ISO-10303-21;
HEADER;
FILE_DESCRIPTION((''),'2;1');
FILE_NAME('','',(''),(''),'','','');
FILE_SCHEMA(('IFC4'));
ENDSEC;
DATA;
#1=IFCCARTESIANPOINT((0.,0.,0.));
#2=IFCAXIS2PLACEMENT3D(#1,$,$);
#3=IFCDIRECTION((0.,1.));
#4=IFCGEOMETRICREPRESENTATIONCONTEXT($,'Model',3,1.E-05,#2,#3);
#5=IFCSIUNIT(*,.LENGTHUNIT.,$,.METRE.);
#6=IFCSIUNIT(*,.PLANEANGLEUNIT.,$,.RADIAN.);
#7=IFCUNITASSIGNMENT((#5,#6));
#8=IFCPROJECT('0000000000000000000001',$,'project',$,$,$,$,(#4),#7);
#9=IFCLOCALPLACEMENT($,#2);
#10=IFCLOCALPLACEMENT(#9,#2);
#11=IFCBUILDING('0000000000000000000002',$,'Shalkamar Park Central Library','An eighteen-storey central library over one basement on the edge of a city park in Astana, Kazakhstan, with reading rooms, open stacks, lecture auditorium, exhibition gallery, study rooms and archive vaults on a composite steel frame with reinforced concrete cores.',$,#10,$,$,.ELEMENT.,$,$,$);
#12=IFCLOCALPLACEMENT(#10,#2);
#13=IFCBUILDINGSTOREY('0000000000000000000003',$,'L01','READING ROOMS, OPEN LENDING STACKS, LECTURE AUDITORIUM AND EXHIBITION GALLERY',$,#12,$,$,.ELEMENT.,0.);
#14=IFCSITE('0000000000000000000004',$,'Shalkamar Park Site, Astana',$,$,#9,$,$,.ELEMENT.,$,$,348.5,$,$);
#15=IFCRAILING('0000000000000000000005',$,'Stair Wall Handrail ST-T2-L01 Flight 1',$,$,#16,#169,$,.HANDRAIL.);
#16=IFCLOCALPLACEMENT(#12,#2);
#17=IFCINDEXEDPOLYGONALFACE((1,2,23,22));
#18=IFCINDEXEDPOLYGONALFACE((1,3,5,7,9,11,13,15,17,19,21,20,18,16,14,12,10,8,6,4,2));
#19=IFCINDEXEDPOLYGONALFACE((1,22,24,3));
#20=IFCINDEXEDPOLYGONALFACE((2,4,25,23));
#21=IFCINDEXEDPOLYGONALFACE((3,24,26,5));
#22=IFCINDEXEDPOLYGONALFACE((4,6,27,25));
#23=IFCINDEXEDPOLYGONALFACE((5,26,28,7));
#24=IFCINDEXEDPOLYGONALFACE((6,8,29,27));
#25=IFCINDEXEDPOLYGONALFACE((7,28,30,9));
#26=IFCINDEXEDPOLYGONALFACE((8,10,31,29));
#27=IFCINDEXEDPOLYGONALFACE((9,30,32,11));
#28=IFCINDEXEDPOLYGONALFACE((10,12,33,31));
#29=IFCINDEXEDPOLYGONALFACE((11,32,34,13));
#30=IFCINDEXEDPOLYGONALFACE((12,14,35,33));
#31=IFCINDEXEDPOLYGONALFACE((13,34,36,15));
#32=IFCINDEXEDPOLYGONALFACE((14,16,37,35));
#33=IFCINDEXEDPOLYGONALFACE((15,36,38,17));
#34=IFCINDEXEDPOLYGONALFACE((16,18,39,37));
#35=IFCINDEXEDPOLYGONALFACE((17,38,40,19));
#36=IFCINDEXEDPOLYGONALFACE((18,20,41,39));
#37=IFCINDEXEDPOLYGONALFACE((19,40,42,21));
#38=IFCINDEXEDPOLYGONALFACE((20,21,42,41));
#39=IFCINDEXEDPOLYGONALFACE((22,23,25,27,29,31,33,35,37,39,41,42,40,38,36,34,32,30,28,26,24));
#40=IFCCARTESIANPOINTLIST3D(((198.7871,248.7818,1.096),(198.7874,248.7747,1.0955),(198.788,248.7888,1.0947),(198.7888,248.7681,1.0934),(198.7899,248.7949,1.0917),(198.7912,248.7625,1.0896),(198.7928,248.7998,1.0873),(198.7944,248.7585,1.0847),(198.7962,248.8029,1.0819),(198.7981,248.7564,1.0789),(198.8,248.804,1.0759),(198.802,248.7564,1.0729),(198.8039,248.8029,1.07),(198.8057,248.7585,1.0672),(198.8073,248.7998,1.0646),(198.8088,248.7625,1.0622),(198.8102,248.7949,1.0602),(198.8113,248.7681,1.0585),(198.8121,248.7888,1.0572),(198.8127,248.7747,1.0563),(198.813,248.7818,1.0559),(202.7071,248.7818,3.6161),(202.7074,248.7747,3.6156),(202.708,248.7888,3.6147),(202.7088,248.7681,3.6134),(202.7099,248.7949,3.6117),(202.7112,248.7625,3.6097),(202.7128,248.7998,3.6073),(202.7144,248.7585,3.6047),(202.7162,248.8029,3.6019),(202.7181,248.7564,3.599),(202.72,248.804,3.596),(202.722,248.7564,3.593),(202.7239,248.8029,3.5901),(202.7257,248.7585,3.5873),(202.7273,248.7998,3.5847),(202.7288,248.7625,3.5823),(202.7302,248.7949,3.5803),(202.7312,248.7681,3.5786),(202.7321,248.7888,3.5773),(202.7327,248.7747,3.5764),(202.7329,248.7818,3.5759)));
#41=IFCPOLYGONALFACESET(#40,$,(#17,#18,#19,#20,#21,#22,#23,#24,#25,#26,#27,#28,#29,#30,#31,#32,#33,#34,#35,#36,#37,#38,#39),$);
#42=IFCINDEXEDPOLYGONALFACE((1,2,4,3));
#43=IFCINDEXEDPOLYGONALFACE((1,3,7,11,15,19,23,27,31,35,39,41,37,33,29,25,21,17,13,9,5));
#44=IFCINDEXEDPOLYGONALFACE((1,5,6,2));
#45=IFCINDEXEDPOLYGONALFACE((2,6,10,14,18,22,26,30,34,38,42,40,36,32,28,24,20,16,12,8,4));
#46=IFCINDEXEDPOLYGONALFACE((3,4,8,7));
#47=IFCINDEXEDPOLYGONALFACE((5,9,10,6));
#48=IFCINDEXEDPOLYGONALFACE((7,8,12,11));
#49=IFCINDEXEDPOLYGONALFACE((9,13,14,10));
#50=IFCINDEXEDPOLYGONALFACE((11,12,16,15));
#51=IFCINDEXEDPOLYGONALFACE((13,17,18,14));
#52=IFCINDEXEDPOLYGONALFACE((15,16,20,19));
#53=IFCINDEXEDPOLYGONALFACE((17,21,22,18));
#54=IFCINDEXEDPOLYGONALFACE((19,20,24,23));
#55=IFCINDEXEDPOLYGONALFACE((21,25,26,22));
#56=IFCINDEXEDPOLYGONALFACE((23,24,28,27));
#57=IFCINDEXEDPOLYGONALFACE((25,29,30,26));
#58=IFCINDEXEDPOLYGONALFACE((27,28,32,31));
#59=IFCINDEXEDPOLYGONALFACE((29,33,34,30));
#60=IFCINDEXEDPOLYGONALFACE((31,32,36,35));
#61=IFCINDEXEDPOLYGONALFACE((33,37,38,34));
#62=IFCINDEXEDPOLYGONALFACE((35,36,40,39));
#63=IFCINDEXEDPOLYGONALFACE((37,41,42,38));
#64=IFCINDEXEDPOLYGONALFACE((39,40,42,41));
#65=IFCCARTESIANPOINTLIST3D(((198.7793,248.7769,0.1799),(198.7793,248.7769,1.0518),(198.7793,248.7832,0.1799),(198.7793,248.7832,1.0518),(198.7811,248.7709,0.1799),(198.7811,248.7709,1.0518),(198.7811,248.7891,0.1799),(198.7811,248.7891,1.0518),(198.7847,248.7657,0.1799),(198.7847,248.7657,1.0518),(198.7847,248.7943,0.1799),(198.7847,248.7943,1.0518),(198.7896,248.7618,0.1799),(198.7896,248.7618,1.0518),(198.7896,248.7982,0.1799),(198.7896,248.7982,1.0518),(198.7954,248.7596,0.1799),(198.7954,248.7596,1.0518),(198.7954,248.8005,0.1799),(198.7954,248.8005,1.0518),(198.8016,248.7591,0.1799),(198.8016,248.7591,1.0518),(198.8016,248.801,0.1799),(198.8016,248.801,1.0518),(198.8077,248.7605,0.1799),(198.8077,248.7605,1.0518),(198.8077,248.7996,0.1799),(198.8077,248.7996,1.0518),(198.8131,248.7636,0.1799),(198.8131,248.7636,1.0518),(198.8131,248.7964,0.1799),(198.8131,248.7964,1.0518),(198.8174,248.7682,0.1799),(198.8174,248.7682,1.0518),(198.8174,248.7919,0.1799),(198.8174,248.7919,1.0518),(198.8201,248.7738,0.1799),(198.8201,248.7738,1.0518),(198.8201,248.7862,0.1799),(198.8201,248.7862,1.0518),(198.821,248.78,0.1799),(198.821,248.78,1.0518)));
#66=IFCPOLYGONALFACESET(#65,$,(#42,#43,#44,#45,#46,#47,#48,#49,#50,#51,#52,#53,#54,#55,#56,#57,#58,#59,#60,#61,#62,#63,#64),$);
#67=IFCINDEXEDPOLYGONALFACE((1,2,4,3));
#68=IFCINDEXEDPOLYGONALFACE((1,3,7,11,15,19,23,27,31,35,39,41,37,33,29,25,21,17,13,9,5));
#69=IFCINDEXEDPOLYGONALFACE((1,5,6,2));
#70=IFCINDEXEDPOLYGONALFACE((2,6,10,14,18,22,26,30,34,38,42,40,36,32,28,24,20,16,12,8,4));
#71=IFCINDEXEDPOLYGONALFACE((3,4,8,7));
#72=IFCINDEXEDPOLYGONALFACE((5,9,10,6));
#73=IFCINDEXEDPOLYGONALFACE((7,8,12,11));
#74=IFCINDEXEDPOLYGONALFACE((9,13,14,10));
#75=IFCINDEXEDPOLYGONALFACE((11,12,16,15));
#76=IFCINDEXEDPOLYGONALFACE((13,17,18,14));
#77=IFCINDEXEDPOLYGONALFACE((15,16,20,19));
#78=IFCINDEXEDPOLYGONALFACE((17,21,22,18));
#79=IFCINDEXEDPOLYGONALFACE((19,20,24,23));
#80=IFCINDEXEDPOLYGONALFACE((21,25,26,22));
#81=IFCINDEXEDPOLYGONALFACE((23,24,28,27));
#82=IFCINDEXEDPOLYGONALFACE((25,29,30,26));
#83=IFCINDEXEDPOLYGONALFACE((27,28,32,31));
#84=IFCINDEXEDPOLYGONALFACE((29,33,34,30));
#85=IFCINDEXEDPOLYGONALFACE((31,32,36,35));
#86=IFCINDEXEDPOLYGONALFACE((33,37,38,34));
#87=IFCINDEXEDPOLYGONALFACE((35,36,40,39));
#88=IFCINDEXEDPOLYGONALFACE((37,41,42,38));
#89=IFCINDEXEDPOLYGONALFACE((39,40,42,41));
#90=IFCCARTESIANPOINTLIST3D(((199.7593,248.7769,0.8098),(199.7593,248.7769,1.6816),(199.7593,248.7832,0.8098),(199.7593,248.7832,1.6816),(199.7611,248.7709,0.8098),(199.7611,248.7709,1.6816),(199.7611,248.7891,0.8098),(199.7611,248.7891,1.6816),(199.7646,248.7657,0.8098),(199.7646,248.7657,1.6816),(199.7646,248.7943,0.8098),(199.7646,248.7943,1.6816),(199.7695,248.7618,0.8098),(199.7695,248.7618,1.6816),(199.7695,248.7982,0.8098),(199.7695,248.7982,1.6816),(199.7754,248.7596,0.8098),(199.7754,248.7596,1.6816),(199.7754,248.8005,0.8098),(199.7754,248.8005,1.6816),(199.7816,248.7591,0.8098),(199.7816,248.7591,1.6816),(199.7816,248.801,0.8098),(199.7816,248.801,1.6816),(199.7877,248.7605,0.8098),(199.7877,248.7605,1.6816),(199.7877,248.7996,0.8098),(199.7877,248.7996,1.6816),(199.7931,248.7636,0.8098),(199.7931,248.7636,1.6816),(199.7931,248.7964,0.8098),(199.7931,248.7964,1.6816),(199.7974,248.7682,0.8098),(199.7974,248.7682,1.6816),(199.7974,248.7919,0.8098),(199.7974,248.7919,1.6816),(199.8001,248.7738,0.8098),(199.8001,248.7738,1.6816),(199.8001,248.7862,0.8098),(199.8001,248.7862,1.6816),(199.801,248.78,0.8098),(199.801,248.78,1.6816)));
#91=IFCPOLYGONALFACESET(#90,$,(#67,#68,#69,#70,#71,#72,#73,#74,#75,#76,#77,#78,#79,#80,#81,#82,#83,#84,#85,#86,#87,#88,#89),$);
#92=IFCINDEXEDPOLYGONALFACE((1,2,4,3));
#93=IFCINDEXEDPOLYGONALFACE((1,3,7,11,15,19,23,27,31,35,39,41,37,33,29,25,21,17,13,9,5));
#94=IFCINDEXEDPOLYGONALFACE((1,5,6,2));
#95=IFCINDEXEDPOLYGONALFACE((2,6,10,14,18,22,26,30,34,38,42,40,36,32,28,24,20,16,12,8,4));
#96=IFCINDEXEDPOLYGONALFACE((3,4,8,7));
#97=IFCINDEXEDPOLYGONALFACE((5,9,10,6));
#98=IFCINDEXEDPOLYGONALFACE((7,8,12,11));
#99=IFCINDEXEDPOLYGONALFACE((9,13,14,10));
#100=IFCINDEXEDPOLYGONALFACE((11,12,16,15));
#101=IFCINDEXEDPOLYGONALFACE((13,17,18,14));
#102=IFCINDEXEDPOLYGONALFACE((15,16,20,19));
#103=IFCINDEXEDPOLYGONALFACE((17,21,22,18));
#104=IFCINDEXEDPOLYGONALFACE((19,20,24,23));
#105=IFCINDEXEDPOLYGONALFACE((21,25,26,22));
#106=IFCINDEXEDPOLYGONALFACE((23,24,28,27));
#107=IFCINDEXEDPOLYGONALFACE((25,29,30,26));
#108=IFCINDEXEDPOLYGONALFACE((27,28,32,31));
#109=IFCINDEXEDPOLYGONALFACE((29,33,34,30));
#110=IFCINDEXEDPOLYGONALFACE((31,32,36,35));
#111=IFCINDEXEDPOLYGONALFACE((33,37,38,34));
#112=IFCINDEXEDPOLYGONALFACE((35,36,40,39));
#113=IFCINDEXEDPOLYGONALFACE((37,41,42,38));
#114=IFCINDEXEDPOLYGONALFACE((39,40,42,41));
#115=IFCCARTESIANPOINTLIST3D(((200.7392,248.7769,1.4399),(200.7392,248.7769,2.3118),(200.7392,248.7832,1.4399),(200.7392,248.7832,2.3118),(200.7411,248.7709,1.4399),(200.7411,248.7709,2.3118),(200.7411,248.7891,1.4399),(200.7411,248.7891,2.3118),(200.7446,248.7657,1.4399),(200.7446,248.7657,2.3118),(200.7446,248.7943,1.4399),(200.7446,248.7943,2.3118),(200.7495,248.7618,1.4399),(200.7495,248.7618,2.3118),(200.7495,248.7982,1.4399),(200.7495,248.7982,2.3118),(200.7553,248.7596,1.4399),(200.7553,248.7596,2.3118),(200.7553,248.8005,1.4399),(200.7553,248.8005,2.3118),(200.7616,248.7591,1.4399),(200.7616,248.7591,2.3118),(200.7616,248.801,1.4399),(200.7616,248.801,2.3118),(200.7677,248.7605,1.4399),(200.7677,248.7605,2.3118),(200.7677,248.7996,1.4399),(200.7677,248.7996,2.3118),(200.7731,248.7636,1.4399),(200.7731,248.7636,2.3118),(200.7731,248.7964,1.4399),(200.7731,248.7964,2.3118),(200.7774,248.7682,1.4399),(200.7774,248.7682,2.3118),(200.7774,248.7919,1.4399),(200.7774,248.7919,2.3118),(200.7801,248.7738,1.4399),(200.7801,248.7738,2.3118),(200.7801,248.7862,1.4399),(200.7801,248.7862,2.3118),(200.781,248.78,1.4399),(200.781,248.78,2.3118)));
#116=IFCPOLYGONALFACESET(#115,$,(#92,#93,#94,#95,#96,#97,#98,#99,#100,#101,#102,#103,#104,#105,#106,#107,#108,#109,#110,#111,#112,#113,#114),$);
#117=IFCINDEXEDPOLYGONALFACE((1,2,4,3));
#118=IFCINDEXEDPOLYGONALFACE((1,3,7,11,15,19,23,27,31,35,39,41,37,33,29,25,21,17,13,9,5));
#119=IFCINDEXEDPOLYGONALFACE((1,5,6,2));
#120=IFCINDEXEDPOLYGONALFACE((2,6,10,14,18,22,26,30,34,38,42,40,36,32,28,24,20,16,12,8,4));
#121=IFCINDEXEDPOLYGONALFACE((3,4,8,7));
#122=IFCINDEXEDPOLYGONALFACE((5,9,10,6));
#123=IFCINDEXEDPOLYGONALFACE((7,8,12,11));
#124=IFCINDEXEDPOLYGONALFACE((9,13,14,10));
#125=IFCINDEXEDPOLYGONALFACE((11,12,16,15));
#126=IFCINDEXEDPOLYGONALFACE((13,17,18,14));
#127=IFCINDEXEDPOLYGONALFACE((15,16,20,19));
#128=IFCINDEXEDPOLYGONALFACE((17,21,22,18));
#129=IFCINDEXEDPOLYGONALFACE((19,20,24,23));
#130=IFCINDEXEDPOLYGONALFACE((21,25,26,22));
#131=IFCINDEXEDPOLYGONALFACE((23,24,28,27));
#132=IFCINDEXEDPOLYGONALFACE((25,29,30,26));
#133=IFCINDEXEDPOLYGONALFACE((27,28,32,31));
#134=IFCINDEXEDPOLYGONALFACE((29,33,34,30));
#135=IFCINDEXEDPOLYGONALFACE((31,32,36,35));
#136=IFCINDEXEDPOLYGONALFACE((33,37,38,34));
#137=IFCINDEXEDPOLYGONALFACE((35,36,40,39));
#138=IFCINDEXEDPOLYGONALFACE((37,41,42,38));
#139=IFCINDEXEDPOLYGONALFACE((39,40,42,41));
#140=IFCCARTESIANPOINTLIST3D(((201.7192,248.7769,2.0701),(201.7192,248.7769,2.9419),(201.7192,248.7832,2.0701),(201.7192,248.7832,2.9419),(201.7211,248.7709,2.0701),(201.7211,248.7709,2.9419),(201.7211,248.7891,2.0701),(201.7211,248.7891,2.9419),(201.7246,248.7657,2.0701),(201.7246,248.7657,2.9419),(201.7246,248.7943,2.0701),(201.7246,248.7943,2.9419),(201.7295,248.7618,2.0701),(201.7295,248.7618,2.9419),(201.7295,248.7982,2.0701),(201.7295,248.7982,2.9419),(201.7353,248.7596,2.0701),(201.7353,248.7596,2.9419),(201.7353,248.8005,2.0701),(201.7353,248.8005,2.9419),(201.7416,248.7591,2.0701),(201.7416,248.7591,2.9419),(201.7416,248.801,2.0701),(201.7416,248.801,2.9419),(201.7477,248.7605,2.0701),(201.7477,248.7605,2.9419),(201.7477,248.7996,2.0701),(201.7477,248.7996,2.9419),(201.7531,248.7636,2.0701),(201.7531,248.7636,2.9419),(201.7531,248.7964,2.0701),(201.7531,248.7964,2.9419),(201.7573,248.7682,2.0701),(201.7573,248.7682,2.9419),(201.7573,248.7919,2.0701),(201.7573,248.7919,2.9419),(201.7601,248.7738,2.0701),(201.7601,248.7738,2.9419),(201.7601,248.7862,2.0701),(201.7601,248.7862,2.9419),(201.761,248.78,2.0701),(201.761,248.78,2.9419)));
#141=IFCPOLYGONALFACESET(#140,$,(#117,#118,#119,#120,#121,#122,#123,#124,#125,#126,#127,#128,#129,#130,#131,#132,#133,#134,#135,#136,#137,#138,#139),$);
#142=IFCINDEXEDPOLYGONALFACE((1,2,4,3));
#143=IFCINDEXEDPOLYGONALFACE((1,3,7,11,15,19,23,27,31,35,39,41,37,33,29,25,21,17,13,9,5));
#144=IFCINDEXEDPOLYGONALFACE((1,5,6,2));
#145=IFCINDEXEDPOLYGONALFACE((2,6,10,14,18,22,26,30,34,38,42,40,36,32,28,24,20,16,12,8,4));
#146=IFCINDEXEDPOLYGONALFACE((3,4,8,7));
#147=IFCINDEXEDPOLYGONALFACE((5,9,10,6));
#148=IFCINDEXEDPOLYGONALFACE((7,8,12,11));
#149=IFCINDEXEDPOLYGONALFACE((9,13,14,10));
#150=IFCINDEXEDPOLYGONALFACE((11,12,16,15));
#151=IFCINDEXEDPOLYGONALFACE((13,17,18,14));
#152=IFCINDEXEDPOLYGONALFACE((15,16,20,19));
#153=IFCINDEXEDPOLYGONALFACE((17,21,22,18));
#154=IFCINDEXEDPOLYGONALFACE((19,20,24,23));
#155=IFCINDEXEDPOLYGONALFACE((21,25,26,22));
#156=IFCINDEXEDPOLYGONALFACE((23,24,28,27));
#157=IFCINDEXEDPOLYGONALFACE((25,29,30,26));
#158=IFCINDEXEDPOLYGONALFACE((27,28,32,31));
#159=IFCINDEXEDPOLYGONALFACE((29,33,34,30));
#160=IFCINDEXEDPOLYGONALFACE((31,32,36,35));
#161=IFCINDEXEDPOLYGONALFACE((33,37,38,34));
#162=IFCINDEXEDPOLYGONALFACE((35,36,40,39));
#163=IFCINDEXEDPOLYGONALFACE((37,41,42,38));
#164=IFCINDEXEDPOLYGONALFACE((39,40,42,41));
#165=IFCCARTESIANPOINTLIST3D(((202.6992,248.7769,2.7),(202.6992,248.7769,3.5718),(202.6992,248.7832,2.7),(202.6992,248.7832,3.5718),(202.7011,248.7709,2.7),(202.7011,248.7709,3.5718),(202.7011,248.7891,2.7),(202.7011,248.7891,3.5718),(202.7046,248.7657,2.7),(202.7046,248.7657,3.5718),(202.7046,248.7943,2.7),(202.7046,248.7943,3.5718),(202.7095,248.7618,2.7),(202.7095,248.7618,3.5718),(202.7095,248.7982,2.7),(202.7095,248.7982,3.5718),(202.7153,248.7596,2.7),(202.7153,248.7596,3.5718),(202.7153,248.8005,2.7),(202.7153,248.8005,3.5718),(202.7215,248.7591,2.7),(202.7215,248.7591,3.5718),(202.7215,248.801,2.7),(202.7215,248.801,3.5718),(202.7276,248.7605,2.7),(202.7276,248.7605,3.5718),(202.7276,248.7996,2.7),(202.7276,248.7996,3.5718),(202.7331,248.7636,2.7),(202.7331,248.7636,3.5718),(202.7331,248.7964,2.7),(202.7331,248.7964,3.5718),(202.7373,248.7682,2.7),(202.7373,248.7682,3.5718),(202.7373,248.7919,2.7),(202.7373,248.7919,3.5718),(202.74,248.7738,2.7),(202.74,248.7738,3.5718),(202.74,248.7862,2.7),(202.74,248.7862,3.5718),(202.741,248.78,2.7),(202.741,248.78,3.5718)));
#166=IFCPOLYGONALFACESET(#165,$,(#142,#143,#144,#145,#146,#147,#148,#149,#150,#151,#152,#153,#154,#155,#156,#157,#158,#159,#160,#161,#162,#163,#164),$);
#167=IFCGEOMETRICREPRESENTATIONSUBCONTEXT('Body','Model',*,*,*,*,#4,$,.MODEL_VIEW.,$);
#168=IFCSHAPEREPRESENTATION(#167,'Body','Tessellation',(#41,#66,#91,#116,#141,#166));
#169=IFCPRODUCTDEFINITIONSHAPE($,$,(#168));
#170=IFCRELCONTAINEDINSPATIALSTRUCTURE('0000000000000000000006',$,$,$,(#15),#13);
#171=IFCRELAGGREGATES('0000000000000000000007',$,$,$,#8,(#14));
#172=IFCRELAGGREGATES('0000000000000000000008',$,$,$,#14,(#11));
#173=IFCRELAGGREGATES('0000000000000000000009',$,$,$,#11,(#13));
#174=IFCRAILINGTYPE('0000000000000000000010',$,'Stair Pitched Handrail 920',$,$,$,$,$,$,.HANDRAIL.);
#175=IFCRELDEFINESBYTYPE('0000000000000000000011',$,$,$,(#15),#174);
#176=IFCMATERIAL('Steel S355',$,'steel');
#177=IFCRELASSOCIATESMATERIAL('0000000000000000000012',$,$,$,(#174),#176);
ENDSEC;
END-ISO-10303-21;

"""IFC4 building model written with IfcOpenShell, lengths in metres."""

from ifc_helpers import new_model, si_unit, direction, frame, origin, origin_2d, place, context, subcontext, project, spatial, circle, extrude, material, type_object, element, save


model = new_model("IFC4")

# Units and contexts
model_context = context("Model", 3, precision=1e-05, world=origin(), true_north=direction((0.0, 1.0)))
body_context = subcontext(model_context, "Body", "Model", "MODEL_VIEW")
ifc_project = project(units=[si_unit("LENGTHUNIT", "METRE"), si_unit("PLANEANGLEUNIT", "RADIAN")], contexts=[model_context])

# Site, building, storey
site_placement = place(None, origin())
site = spatial("IfcSite", under=ifc_project, at=site_placement, Name="Shalkamar Park Site, Astana", CompositionType="ELEMENT", RefElevation=348.5)
building_placement = place(site_placement, origin())
building = spatial("IfcBuilding", under=site, at=building_placement, Name="Shalkamar Park Central Library", Description="An eighteen-storey central library over one basement on the edge of a city park in Astana, Kazakhstan, with reading rooms, open stacks, lecture auditorium, exhibition gallery, study rooms and archive vaults on a composite steel frame with reinforced concrete cores.", CompositionType="ELEMENT")
storey_placement = place(building_placement, origin())
storey = spatial("IfcBuildingStorey", under=building, at=storey_placement, Name="L01", Description="READING ROOMS, OPEN LENDING STACKS, LECTURE AUDITORIUM AND EXHIBITION GALLERY", CompositionType="ELEMENT", Elevation=0.0)

# Shared definitions
ifc_material_1 = material(Name="Steel S355", Category="steel")

# Railing
railing_type_1 = type_object("IfcRailingType", Name="Stair Pitched Handrail 920", PredefinedType="HANDRAIL", material=ifc_material_1)
railing_1_placement = place(storey_placement, frame((198.8, 248.78, 0.1799)))
element("IfcRailing", 1, at=railing_1_placement, inside=storey, type_object=railing_type_1, Name="Stair Wall Handrail ST-T2-L01 Flight 1", PredefinedType="HANDRAIL", context=body_context, shape_type="SweptSolid", body=[
    extrude(circle(Radius=0.0239, at=origin_2d()), frame((0.0, 0.0, 0.896), z_axis=(0.841172, 0.0, 0.540768), x_axis=(0.0, 1.0, 0.0)), (0.0, 0.0, 1.0), 4.6602),
    extrude(circle(Radius=0.021, at=origin_2d()), origin(), (0.0, 0.0, 1.0), 0.8718),
    extrude(circle(Radius=0.021, at=origin_2d()), frame((0.98, 0.0, 0.6299)), (0.0, 0.0, 1.0), 0.8718),
    extrude(circle(Radius=0.021, at=origin_2d()), frame((1.96, 0.0, 1.26)), (0.0, 0.0, 1.0), 0.8718),
    extrude(circle(Radius=0.021, at=origin_2d()), frame((2.9399, 0.0, 1.8901)), (0.0, 0.0, 1.0), 0.8718),
    extrude(circle(Radius=0.021, at=origin_2d()), frame((3.9199, 0.0, 2.52)), (0.0, 0.0, 1.0), 0.8718),
])

save(model, "model.ifc")
